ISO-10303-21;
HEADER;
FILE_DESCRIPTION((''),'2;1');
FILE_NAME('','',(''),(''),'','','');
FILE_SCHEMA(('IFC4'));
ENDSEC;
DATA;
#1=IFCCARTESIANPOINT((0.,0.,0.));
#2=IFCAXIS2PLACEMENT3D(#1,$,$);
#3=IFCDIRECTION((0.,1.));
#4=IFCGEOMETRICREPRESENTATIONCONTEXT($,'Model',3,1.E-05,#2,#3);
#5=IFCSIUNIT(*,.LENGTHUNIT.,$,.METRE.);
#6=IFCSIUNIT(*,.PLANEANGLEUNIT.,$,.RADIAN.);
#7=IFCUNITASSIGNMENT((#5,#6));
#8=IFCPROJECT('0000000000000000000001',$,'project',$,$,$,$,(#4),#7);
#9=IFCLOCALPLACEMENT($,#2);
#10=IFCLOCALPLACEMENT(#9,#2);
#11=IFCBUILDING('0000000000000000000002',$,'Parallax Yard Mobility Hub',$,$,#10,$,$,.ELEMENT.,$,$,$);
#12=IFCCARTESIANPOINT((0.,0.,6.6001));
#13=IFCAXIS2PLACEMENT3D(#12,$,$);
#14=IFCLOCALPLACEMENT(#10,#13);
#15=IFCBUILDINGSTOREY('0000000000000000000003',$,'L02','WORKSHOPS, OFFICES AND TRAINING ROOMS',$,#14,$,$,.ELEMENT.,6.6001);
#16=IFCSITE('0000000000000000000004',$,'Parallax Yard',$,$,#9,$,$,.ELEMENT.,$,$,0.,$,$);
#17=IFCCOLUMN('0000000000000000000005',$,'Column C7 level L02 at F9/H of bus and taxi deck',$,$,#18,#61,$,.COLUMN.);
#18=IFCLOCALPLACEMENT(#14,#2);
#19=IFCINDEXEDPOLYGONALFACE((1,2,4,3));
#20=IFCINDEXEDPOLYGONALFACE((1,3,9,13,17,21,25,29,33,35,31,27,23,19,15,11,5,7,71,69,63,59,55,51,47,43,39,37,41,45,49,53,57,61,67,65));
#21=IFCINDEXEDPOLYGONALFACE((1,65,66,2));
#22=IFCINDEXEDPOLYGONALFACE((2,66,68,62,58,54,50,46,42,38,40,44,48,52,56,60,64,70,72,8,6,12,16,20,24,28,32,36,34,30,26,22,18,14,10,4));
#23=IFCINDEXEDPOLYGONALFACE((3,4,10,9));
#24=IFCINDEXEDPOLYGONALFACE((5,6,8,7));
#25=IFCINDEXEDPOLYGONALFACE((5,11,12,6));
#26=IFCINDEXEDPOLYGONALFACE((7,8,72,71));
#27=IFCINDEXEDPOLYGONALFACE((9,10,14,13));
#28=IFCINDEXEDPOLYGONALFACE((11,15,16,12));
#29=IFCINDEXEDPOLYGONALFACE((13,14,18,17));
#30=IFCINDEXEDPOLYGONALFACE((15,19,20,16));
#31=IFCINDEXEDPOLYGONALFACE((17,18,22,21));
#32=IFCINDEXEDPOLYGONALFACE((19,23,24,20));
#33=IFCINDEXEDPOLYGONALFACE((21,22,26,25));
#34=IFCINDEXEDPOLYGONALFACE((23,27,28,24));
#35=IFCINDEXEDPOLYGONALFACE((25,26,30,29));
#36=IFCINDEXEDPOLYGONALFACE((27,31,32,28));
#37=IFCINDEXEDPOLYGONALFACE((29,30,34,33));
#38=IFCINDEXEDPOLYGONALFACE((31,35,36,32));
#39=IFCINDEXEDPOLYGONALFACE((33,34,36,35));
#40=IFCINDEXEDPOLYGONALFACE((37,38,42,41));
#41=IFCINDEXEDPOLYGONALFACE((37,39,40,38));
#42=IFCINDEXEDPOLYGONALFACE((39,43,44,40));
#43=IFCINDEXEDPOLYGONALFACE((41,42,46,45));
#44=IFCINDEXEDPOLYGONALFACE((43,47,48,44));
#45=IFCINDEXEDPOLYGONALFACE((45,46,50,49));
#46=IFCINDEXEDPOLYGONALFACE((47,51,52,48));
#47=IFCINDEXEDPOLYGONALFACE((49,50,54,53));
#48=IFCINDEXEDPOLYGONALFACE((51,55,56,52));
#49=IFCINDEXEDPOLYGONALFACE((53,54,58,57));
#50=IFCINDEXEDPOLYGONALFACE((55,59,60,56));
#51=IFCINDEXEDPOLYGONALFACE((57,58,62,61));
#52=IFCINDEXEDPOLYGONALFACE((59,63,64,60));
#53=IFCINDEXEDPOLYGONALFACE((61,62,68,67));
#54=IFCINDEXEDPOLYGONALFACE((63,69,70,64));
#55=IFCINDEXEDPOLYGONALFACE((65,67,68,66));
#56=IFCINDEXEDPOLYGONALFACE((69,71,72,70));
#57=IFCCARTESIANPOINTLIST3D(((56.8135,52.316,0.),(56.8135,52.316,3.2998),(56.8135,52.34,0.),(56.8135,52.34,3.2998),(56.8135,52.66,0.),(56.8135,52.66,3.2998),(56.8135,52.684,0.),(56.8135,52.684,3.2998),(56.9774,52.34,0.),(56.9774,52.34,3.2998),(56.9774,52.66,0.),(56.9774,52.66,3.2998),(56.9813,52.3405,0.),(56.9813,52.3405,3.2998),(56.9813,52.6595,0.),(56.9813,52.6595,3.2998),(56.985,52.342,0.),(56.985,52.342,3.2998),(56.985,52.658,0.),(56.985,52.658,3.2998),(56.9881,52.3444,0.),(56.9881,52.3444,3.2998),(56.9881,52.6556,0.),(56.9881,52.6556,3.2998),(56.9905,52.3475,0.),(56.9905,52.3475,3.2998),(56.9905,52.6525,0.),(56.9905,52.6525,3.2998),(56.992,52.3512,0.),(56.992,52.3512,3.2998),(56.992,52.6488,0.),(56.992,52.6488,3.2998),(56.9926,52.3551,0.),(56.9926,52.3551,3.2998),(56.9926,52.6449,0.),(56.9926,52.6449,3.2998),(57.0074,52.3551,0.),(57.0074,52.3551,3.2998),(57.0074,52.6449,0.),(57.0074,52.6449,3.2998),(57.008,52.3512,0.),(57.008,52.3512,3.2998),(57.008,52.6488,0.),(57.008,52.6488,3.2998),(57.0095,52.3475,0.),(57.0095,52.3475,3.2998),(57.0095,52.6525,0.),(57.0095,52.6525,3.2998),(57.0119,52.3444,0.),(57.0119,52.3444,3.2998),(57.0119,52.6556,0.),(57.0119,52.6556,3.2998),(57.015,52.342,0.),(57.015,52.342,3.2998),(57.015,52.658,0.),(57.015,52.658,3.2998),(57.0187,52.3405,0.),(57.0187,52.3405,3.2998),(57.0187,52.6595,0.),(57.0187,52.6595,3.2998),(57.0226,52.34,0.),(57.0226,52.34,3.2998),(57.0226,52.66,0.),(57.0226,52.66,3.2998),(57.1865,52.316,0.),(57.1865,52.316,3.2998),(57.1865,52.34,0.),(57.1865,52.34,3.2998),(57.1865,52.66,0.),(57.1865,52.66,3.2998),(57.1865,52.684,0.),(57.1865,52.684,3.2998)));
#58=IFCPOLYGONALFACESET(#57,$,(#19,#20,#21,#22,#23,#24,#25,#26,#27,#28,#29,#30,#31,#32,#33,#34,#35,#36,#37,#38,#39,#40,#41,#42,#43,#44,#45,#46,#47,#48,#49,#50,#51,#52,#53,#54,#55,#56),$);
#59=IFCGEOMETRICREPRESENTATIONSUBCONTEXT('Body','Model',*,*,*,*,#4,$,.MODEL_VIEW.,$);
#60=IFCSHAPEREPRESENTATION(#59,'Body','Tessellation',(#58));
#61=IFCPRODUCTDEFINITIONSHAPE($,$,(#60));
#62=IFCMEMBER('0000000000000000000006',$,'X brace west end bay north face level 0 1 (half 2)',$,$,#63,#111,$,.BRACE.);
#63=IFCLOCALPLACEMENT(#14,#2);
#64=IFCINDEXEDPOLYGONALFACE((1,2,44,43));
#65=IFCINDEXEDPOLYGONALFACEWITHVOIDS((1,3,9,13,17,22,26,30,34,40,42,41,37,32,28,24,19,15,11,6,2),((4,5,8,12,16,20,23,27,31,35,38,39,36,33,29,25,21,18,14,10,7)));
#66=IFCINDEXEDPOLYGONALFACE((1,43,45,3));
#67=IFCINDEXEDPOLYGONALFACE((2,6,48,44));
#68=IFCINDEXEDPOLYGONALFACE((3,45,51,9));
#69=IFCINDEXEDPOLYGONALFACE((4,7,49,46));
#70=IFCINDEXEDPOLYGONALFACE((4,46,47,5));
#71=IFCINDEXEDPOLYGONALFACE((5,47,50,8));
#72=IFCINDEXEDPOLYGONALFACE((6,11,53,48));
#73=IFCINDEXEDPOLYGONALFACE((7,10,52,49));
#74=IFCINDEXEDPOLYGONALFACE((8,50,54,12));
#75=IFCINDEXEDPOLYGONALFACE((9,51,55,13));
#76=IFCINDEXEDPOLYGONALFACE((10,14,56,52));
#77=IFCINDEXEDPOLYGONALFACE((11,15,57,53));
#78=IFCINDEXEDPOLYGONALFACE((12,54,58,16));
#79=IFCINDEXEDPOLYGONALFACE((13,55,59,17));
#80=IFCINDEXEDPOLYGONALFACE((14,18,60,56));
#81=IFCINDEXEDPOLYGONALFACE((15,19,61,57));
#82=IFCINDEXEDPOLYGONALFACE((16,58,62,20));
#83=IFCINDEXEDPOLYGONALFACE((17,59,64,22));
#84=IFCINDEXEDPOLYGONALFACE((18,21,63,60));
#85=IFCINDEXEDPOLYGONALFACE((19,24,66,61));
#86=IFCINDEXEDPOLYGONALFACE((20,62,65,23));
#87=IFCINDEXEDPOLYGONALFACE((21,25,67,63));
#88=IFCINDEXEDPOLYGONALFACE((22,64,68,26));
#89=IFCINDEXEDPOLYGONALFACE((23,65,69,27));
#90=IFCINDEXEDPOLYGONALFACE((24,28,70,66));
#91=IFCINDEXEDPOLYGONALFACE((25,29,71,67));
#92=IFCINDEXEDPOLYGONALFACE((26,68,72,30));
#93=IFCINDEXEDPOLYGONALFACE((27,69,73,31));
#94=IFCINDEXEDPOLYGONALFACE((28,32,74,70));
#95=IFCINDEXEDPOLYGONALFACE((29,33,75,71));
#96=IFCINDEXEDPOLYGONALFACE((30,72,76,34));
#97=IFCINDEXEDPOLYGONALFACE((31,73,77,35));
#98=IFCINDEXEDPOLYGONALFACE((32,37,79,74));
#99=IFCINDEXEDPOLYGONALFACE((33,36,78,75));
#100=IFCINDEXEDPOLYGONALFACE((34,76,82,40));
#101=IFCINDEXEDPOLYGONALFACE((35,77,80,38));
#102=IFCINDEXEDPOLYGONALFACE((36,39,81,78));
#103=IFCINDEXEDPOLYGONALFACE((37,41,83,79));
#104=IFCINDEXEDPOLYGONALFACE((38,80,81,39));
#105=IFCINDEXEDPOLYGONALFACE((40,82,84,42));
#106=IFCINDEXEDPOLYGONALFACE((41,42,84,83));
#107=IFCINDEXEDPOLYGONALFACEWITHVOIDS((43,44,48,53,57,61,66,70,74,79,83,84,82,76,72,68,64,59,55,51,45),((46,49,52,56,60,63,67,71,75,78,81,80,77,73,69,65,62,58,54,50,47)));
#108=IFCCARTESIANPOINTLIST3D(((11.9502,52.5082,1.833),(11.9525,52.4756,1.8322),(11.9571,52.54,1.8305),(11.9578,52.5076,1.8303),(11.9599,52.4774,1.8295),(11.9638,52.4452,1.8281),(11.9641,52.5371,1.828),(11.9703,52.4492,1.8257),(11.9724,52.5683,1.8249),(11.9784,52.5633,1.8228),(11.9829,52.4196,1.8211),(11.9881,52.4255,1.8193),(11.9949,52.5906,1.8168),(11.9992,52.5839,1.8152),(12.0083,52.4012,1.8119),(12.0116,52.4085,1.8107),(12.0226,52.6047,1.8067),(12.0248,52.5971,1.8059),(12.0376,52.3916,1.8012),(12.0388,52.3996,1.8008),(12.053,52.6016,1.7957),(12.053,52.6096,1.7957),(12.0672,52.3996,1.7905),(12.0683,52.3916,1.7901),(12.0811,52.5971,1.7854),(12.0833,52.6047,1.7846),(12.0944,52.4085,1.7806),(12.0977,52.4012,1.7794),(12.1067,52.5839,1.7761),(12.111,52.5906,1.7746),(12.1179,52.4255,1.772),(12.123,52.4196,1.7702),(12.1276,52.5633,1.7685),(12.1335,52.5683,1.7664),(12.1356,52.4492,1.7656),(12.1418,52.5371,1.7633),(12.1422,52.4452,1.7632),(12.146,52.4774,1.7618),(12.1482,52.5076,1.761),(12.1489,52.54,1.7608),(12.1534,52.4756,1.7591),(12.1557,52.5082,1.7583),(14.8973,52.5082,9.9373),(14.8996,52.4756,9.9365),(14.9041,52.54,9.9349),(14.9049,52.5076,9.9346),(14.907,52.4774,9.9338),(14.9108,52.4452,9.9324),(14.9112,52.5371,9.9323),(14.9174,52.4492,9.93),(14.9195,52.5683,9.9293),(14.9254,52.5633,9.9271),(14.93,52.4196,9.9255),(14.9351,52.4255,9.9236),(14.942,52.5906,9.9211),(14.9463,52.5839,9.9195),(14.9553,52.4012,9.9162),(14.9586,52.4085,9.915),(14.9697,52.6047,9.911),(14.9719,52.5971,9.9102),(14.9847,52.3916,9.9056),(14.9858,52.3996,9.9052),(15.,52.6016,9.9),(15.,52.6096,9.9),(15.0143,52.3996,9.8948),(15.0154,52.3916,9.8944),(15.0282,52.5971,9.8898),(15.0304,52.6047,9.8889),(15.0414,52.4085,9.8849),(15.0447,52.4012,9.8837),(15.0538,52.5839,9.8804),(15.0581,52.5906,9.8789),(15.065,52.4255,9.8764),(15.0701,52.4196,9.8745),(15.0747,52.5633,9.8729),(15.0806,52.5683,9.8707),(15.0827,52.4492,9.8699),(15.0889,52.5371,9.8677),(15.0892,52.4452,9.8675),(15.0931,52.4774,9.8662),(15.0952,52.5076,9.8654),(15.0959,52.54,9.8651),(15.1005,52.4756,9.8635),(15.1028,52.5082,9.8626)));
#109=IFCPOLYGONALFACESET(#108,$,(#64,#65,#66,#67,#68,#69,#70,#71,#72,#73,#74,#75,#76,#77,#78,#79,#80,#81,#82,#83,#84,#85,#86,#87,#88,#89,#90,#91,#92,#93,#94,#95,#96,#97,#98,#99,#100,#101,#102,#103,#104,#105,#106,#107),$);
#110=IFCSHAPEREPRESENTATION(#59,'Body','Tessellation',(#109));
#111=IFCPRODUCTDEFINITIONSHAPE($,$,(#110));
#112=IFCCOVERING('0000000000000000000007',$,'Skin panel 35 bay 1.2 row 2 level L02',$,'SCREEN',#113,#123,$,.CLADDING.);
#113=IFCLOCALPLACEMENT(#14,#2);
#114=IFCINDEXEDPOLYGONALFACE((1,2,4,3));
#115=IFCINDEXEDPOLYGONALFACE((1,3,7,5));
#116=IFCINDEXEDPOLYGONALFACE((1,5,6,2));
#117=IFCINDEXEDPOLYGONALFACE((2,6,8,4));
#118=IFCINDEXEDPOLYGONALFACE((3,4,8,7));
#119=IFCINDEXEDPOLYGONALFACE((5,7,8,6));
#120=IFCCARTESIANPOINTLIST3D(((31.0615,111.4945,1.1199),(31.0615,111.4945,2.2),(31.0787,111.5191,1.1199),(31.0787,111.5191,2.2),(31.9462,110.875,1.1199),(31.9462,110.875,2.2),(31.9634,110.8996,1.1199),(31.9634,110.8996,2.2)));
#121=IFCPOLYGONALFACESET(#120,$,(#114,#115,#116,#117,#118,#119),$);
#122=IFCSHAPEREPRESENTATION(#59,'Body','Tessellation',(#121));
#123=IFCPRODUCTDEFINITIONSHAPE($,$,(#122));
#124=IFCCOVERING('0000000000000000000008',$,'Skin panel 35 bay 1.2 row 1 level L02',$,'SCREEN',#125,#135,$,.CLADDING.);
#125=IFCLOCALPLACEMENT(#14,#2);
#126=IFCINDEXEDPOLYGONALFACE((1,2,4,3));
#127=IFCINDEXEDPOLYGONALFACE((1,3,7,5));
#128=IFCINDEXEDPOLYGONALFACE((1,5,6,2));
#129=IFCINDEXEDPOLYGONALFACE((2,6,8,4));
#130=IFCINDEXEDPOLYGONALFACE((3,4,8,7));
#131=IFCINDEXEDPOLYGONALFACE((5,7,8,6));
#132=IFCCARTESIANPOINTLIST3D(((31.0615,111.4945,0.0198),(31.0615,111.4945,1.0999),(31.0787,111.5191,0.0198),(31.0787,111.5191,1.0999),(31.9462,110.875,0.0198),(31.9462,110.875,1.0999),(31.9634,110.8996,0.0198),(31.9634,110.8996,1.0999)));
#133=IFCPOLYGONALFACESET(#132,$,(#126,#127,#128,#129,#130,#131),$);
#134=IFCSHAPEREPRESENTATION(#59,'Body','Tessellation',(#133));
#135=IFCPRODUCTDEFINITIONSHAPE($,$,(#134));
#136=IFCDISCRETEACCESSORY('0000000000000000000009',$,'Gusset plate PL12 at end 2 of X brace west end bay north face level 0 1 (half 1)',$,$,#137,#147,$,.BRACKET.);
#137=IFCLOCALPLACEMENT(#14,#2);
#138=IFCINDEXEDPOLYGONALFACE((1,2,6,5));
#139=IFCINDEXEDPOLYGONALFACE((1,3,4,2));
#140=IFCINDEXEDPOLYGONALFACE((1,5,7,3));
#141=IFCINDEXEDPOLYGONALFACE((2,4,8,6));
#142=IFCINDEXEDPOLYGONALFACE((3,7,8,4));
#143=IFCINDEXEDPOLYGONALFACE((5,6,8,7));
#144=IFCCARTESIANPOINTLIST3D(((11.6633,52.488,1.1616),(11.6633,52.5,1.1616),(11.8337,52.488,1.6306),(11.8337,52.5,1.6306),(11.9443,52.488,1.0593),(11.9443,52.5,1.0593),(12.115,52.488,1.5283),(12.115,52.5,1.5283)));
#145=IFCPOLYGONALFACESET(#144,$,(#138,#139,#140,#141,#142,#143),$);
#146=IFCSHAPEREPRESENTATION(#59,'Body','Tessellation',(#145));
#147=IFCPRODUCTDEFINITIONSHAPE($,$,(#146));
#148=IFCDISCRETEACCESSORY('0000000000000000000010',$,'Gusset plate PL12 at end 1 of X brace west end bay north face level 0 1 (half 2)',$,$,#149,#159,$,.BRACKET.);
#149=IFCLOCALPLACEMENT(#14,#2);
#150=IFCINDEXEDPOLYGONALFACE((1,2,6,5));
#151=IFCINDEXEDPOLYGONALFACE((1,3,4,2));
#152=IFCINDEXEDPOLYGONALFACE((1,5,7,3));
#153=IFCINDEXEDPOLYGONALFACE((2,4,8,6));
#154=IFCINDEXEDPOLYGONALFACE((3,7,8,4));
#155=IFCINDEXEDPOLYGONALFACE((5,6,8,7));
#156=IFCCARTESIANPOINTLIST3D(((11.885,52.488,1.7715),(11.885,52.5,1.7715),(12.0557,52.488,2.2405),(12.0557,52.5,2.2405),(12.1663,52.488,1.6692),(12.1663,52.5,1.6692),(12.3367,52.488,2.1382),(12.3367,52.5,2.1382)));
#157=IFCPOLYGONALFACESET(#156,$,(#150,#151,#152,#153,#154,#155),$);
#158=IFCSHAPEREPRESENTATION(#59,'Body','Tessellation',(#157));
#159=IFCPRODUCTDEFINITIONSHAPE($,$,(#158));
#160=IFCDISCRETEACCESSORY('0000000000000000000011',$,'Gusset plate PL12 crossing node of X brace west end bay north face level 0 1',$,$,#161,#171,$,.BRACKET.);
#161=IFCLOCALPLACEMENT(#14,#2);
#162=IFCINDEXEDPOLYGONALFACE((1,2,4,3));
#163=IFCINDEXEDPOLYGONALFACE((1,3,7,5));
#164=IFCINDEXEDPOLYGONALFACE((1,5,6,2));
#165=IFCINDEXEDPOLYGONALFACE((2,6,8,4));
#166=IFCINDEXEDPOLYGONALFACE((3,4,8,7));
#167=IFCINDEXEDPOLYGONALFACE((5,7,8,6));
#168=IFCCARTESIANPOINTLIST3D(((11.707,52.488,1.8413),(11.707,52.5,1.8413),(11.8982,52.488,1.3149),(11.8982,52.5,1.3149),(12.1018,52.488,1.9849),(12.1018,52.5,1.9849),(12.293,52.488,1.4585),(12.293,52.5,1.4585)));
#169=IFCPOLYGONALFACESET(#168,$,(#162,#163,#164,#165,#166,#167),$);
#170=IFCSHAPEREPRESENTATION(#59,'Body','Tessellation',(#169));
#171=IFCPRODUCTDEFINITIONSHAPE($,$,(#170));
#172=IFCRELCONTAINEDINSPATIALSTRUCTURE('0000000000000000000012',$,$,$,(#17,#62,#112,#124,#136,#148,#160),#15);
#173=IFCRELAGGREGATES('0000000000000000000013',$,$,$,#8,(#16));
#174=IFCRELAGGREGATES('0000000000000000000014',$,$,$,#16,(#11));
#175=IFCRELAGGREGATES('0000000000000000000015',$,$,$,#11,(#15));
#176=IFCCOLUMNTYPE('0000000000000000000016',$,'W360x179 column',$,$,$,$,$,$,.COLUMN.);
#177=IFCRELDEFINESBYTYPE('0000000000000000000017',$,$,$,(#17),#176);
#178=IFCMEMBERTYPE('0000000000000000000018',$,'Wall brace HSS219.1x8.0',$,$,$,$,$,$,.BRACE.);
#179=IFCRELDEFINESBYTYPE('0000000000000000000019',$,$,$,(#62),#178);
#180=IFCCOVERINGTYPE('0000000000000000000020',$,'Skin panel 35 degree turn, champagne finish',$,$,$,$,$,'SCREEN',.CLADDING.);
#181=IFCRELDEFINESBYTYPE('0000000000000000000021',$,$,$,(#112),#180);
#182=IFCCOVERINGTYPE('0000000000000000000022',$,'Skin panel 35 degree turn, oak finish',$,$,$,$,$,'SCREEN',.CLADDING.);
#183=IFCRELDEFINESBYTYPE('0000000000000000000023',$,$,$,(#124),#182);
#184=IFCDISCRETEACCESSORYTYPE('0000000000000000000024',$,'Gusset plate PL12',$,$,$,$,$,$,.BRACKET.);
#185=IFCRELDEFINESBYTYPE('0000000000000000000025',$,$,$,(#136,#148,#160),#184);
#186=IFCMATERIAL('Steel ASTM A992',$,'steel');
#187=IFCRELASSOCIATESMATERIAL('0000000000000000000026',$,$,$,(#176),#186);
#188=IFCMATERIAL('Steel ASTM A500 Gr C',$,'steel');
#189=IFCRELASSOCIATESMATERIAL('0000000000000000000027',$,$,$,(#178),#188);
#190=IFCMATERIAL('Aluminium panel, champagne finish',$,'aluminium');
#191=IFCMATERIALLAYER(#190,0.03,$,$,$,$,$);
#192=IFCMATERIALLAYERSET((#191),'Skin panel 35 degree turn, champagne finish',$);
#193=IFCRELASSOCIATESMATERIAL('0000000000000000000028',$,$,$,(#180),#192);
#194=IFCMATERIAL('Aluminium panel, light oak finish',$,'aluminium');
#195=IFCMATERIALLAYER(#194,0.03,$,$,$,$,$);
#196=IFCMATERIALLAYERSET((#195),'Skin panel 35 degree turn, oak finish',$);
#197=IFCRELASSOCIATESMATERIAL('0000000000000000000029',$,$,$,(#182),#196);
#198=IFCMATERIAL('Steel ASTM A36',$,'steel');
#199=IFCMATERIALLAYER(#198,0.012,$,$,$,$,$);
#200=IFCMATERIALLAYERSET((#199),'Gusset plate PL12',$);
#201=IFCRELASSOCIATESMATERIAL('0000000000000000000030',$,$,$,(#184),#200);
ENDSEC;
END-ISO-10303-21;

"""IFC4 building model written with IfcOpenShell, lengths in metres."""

from ifc_helpers import new_model, si_unit, direction, frame, origin, origin_2d, place, context, subcontext, project, spatial, polyline, rectangle, hollow_circle, i_section, outline, extrude, material, layer, layer_set, material_profile, profile_set, type_object, element, save


model = new_model("IFC4")

# Units and contexts
model_context = context("Model", 3, precision=1e-05, world=origin(), true_north=direction((0.0, 1.0)))
body_context = subcontext(model_context, "Body", "Model", "MODEL_VIEW")
ifc_project = project(units=[si_unit("LENGTHUNIT", "METRE"), si_unit("PLANEANGLEUNIT", "RADIAN")], contexts=[model_context])

# Site, building, storey
site_placement = place(None, origin())
site = spatial("IfcSite", under=ifc_project, at=site_placement, Name="Parallax Yard", CompositionType="ELEMENT", RefElevation=0.0)
building_placement = place(site_placement, origin())
building = spatial("IfcBuilding", under=site, at=building_placement, Name="Parallax Yard Mobility Hub", CompositionType="ELEMENT")
storey_placement = place(building_placement, frame((0.0, 0.0, 6.6001)))
storey = spatial("IfcBuildingStorey", under=building, at=storey_placement, Name="L02", Description="WORKSHOPS, OFFICES AND TRAINING ROOMS", CompositionType="ELEMENT", Elevation=6.6001)

# Column
ifc_material_1 = material(Name="Steel ASTM A992", Category="steel")
ifc_material_profile_1 = material_profile(ifc_material_1, i_section(OverallWidth=0.373, OverallDepth=0.3679, WebThickness=0.0149, FlangeThickness=0.0239, FilletRadius=0.0151, at=origin_2d()), Name="W360x179")
ifc_profile_set_1 = profile_set([ifc_material_profile_1], Name="Steel ASTM A992")
column_type = type_object("IfcColumnType", Name="W360x179 column", PredefinedType="COLUMN", material=ifc_profile_set_1)
for number, where, z_axis, x_axis, name in (
    (1, (57.0, 52.5, 0.0), (0.0, 0.0, 1.0), (1.0, 0.0, 0.0), "Column C7 level L02 at F9/H of bus and taxi deck"),
):
    element("IfcColumn", number, at=place(storey_placement, frame(where, z_axis=z_axis, x_axis=x_axis)), inside=storey, type_object=column_type, Name=name, PredefinedType="COLUMN", context=body_context, shape_type="SweptSolid", body=[
        extrude(i_section(OverallWidth=0.373, OverallDepth=0.3679, WebThickness=0.0149, FlangeThickness=0.0239, FilletRadius=0.0151, at=origin_2d()), origin(), (0.0, 0.0, 1.0), 3.2998),
    ])

# Member
ifc_material_2 = material(Name="Steel ASTM A500 Gr C", Category="steel")
ifc_material_profile_2 = material_profile(ifc_material_2, hollow_circle(Radius=0.1096, WallThickness=0.0081, at=origin_2d()), Name="HSS219.1x8.0")
ifc_profile_set_2 = profile_set([ifc_material_profile_2], Name="Steel ASTM A500 Gr C")
member_type = type_object("IfcMemberType", Name="Wall brace HSS219.1x8.0", PredefinedType="BRACE", material=ifc_profile_set_2)
member_placement = place(storey_placement, frame((12.053, 52.5, 1.7957), z_axis=(0.341745, 0.0, 0.939793), x_axis=(0.0, 1.0, 0.0)))
element("IfcMember", 2, at=member_placement, inside=storey, type_object=member_type, Name="X brace west end bay north face level 0 1 (half 2)", PredefinedType="BRACE", context=body_context, shape_type="SweptSolid", body=[
    extrude(hollow_circle(Radius=0.1096, WallThickness=0.0081, at=origin_2d()), origin(), (0.0, 0.0, 1.0), 8.6235),
])

# Coverings
ifc_material_3 = material(Name="Aluminium panel, champagne finish", Category="aluminium")
ifc_layer_1 = layer(ifc_material_3, 0.03)
ifc_layer_set_1 = layer_set([ifc_layer_1], Name="Skin panel 35 degree turn, champagne finish")
covering_type_1 = type_object("IfcCoveringType", Name="Skin panel 35 degree turn, champagne finish", ElementType="SCREEN", PredefinedType="CLADDING", material=ifc_layer_set_1)
covering_1_placement = place(storey_placement, frame((31.5125, 111.197, 1.1199), z_axis=(0.0, 0.0, 1.0), x_axis=(0.819152, -0.573576, 0.0)))
element("IfcCovering", 3, at=covering_1_placement, inside=storey, type_object=covering_type_1, Name="Skin panel 35 bay 1.2 row 2 level L02", ObjectType="SCREEN", PredefinedType="CLADDING", context=body_context, shape_type="SweptSolid", body=[
    extrude(rectangle(XDim=1.0801, YDim=0.03, at=origin_2d()), origin(), (0.0, 0.0, 1.0), 1.0801),
])
ifc_material_4 = material(Name="Aluminium panel, light oak finish", Category="aluminium")
ifc_layer_2 = layer(ifc_material_4, 0.03)
ifc_layer_set_2 = layer_set([ifc_layer_2], Name="Skin panel 35 degree turn, oak finish")
covering_type_2 = type_object("IfcCoveringType", Name="Skin panel 35 degree turn, oak finish", ElementType="SCREEN", PredefinedType="CLADDING", material=ifc_layer_set_2)
covering_2_placement = place(storey_placement, frame((31.5125, 111.197, 0.0198), z_axis=(0.0, 0.0, 1.0), x_axis=(0.819152, -0.573576, 0.0)))
element("IfcCovering", 4, at=covering_2_placement, inside=storey, type_object=covering_type_2, Name="Skin panel 35 bay 1.2 row 1 level L02", ObjectType="SCREEN", PredefinedType="CLADDING", context=body_context, shape_type="SweptSolid", body=[
    extrude(rectangle(XDim=1.0801, YDim=0.03, at=origin_2d()), origin(), (0.0, 0.0, 1.0), 1.0801),
])

# Discrete accessories
ifc_material_5 = material(Name="Steel ASTM A36", Category="steel")
ifc_layer_3 = layer(ifc_material_5, 0.012)
ifc_layer_set_3 = layer_set([ifc_layer_3], Name="Gusset plate PL12")
discrete_accessory_type = type_object("IfcDiscreteAccessoryType", Name="Gusset plate PL12", PredefinedType="BRACKET", material=ifc_layer_set_3)
for number, where, z_axis, x_axis, name in (
    (5, (11.6633, 52.5, 1.1616), (0.0, 1.0, 0.0), (0.341507, 0.0, 0.939879), "Gusset plate PL12 at end 2 of X brace west end bay north face level 0 1 (half 1)"),
    (6, (12.3367, 52.5, 2.1382), (0.0, 1.0, 0.0), (-0.341507, 0.0, -0.939879), "Gusset plate PL12 at end 1 of X brace west end bay north face level 0 1 (half 2)"),
):
    element("IfcDiscreteAccessory", number, at=place(storey_placement, frame(where, z_axis=z_axis, x_axis=x_axis)), inside=storey, type_object=discrete_accessory_type, Name=name, PredefinedType="BRACKET", context=body_context, shape_type="SweptSolid", body=[
        extrude(outline(polyline([(0.0, 0.0), (0.499, 0.0), (0.4989, 0.2993), (-0.0002, 0.299), (0.0, 0.0)])), origin(), (0.0, 0.0, -1.0), 0.012),
    ])
discrete_accessory_placement = place(storey_placement, frame((11.8982, 52.5, 1.3149), z_axis=(0.0, 1.0, 0.0), x_axis=(-0.341358, 0.0, 0.939933)))
element("IfcDiscreteAccessory", 7, at=discrete_accessory_placement, inside=storey, type_object=discrete_accessory_type, Name="Gusset plate PL12 crossing node of X brace west end bay north face level 0 1", PredefinedType="BRACKET", context=body_context, shape_type="SweptSolid", body=[
    extrude(outline(polyline([(0.0, 0.0), (0.56, 0.0), (0.5602, 0.4201), (0.0002, 0.4201), (0.0, 0.0)])), origin(), (0.0, 0.0, -1.0), 0.012),
])

save(model, "model.ifc")
